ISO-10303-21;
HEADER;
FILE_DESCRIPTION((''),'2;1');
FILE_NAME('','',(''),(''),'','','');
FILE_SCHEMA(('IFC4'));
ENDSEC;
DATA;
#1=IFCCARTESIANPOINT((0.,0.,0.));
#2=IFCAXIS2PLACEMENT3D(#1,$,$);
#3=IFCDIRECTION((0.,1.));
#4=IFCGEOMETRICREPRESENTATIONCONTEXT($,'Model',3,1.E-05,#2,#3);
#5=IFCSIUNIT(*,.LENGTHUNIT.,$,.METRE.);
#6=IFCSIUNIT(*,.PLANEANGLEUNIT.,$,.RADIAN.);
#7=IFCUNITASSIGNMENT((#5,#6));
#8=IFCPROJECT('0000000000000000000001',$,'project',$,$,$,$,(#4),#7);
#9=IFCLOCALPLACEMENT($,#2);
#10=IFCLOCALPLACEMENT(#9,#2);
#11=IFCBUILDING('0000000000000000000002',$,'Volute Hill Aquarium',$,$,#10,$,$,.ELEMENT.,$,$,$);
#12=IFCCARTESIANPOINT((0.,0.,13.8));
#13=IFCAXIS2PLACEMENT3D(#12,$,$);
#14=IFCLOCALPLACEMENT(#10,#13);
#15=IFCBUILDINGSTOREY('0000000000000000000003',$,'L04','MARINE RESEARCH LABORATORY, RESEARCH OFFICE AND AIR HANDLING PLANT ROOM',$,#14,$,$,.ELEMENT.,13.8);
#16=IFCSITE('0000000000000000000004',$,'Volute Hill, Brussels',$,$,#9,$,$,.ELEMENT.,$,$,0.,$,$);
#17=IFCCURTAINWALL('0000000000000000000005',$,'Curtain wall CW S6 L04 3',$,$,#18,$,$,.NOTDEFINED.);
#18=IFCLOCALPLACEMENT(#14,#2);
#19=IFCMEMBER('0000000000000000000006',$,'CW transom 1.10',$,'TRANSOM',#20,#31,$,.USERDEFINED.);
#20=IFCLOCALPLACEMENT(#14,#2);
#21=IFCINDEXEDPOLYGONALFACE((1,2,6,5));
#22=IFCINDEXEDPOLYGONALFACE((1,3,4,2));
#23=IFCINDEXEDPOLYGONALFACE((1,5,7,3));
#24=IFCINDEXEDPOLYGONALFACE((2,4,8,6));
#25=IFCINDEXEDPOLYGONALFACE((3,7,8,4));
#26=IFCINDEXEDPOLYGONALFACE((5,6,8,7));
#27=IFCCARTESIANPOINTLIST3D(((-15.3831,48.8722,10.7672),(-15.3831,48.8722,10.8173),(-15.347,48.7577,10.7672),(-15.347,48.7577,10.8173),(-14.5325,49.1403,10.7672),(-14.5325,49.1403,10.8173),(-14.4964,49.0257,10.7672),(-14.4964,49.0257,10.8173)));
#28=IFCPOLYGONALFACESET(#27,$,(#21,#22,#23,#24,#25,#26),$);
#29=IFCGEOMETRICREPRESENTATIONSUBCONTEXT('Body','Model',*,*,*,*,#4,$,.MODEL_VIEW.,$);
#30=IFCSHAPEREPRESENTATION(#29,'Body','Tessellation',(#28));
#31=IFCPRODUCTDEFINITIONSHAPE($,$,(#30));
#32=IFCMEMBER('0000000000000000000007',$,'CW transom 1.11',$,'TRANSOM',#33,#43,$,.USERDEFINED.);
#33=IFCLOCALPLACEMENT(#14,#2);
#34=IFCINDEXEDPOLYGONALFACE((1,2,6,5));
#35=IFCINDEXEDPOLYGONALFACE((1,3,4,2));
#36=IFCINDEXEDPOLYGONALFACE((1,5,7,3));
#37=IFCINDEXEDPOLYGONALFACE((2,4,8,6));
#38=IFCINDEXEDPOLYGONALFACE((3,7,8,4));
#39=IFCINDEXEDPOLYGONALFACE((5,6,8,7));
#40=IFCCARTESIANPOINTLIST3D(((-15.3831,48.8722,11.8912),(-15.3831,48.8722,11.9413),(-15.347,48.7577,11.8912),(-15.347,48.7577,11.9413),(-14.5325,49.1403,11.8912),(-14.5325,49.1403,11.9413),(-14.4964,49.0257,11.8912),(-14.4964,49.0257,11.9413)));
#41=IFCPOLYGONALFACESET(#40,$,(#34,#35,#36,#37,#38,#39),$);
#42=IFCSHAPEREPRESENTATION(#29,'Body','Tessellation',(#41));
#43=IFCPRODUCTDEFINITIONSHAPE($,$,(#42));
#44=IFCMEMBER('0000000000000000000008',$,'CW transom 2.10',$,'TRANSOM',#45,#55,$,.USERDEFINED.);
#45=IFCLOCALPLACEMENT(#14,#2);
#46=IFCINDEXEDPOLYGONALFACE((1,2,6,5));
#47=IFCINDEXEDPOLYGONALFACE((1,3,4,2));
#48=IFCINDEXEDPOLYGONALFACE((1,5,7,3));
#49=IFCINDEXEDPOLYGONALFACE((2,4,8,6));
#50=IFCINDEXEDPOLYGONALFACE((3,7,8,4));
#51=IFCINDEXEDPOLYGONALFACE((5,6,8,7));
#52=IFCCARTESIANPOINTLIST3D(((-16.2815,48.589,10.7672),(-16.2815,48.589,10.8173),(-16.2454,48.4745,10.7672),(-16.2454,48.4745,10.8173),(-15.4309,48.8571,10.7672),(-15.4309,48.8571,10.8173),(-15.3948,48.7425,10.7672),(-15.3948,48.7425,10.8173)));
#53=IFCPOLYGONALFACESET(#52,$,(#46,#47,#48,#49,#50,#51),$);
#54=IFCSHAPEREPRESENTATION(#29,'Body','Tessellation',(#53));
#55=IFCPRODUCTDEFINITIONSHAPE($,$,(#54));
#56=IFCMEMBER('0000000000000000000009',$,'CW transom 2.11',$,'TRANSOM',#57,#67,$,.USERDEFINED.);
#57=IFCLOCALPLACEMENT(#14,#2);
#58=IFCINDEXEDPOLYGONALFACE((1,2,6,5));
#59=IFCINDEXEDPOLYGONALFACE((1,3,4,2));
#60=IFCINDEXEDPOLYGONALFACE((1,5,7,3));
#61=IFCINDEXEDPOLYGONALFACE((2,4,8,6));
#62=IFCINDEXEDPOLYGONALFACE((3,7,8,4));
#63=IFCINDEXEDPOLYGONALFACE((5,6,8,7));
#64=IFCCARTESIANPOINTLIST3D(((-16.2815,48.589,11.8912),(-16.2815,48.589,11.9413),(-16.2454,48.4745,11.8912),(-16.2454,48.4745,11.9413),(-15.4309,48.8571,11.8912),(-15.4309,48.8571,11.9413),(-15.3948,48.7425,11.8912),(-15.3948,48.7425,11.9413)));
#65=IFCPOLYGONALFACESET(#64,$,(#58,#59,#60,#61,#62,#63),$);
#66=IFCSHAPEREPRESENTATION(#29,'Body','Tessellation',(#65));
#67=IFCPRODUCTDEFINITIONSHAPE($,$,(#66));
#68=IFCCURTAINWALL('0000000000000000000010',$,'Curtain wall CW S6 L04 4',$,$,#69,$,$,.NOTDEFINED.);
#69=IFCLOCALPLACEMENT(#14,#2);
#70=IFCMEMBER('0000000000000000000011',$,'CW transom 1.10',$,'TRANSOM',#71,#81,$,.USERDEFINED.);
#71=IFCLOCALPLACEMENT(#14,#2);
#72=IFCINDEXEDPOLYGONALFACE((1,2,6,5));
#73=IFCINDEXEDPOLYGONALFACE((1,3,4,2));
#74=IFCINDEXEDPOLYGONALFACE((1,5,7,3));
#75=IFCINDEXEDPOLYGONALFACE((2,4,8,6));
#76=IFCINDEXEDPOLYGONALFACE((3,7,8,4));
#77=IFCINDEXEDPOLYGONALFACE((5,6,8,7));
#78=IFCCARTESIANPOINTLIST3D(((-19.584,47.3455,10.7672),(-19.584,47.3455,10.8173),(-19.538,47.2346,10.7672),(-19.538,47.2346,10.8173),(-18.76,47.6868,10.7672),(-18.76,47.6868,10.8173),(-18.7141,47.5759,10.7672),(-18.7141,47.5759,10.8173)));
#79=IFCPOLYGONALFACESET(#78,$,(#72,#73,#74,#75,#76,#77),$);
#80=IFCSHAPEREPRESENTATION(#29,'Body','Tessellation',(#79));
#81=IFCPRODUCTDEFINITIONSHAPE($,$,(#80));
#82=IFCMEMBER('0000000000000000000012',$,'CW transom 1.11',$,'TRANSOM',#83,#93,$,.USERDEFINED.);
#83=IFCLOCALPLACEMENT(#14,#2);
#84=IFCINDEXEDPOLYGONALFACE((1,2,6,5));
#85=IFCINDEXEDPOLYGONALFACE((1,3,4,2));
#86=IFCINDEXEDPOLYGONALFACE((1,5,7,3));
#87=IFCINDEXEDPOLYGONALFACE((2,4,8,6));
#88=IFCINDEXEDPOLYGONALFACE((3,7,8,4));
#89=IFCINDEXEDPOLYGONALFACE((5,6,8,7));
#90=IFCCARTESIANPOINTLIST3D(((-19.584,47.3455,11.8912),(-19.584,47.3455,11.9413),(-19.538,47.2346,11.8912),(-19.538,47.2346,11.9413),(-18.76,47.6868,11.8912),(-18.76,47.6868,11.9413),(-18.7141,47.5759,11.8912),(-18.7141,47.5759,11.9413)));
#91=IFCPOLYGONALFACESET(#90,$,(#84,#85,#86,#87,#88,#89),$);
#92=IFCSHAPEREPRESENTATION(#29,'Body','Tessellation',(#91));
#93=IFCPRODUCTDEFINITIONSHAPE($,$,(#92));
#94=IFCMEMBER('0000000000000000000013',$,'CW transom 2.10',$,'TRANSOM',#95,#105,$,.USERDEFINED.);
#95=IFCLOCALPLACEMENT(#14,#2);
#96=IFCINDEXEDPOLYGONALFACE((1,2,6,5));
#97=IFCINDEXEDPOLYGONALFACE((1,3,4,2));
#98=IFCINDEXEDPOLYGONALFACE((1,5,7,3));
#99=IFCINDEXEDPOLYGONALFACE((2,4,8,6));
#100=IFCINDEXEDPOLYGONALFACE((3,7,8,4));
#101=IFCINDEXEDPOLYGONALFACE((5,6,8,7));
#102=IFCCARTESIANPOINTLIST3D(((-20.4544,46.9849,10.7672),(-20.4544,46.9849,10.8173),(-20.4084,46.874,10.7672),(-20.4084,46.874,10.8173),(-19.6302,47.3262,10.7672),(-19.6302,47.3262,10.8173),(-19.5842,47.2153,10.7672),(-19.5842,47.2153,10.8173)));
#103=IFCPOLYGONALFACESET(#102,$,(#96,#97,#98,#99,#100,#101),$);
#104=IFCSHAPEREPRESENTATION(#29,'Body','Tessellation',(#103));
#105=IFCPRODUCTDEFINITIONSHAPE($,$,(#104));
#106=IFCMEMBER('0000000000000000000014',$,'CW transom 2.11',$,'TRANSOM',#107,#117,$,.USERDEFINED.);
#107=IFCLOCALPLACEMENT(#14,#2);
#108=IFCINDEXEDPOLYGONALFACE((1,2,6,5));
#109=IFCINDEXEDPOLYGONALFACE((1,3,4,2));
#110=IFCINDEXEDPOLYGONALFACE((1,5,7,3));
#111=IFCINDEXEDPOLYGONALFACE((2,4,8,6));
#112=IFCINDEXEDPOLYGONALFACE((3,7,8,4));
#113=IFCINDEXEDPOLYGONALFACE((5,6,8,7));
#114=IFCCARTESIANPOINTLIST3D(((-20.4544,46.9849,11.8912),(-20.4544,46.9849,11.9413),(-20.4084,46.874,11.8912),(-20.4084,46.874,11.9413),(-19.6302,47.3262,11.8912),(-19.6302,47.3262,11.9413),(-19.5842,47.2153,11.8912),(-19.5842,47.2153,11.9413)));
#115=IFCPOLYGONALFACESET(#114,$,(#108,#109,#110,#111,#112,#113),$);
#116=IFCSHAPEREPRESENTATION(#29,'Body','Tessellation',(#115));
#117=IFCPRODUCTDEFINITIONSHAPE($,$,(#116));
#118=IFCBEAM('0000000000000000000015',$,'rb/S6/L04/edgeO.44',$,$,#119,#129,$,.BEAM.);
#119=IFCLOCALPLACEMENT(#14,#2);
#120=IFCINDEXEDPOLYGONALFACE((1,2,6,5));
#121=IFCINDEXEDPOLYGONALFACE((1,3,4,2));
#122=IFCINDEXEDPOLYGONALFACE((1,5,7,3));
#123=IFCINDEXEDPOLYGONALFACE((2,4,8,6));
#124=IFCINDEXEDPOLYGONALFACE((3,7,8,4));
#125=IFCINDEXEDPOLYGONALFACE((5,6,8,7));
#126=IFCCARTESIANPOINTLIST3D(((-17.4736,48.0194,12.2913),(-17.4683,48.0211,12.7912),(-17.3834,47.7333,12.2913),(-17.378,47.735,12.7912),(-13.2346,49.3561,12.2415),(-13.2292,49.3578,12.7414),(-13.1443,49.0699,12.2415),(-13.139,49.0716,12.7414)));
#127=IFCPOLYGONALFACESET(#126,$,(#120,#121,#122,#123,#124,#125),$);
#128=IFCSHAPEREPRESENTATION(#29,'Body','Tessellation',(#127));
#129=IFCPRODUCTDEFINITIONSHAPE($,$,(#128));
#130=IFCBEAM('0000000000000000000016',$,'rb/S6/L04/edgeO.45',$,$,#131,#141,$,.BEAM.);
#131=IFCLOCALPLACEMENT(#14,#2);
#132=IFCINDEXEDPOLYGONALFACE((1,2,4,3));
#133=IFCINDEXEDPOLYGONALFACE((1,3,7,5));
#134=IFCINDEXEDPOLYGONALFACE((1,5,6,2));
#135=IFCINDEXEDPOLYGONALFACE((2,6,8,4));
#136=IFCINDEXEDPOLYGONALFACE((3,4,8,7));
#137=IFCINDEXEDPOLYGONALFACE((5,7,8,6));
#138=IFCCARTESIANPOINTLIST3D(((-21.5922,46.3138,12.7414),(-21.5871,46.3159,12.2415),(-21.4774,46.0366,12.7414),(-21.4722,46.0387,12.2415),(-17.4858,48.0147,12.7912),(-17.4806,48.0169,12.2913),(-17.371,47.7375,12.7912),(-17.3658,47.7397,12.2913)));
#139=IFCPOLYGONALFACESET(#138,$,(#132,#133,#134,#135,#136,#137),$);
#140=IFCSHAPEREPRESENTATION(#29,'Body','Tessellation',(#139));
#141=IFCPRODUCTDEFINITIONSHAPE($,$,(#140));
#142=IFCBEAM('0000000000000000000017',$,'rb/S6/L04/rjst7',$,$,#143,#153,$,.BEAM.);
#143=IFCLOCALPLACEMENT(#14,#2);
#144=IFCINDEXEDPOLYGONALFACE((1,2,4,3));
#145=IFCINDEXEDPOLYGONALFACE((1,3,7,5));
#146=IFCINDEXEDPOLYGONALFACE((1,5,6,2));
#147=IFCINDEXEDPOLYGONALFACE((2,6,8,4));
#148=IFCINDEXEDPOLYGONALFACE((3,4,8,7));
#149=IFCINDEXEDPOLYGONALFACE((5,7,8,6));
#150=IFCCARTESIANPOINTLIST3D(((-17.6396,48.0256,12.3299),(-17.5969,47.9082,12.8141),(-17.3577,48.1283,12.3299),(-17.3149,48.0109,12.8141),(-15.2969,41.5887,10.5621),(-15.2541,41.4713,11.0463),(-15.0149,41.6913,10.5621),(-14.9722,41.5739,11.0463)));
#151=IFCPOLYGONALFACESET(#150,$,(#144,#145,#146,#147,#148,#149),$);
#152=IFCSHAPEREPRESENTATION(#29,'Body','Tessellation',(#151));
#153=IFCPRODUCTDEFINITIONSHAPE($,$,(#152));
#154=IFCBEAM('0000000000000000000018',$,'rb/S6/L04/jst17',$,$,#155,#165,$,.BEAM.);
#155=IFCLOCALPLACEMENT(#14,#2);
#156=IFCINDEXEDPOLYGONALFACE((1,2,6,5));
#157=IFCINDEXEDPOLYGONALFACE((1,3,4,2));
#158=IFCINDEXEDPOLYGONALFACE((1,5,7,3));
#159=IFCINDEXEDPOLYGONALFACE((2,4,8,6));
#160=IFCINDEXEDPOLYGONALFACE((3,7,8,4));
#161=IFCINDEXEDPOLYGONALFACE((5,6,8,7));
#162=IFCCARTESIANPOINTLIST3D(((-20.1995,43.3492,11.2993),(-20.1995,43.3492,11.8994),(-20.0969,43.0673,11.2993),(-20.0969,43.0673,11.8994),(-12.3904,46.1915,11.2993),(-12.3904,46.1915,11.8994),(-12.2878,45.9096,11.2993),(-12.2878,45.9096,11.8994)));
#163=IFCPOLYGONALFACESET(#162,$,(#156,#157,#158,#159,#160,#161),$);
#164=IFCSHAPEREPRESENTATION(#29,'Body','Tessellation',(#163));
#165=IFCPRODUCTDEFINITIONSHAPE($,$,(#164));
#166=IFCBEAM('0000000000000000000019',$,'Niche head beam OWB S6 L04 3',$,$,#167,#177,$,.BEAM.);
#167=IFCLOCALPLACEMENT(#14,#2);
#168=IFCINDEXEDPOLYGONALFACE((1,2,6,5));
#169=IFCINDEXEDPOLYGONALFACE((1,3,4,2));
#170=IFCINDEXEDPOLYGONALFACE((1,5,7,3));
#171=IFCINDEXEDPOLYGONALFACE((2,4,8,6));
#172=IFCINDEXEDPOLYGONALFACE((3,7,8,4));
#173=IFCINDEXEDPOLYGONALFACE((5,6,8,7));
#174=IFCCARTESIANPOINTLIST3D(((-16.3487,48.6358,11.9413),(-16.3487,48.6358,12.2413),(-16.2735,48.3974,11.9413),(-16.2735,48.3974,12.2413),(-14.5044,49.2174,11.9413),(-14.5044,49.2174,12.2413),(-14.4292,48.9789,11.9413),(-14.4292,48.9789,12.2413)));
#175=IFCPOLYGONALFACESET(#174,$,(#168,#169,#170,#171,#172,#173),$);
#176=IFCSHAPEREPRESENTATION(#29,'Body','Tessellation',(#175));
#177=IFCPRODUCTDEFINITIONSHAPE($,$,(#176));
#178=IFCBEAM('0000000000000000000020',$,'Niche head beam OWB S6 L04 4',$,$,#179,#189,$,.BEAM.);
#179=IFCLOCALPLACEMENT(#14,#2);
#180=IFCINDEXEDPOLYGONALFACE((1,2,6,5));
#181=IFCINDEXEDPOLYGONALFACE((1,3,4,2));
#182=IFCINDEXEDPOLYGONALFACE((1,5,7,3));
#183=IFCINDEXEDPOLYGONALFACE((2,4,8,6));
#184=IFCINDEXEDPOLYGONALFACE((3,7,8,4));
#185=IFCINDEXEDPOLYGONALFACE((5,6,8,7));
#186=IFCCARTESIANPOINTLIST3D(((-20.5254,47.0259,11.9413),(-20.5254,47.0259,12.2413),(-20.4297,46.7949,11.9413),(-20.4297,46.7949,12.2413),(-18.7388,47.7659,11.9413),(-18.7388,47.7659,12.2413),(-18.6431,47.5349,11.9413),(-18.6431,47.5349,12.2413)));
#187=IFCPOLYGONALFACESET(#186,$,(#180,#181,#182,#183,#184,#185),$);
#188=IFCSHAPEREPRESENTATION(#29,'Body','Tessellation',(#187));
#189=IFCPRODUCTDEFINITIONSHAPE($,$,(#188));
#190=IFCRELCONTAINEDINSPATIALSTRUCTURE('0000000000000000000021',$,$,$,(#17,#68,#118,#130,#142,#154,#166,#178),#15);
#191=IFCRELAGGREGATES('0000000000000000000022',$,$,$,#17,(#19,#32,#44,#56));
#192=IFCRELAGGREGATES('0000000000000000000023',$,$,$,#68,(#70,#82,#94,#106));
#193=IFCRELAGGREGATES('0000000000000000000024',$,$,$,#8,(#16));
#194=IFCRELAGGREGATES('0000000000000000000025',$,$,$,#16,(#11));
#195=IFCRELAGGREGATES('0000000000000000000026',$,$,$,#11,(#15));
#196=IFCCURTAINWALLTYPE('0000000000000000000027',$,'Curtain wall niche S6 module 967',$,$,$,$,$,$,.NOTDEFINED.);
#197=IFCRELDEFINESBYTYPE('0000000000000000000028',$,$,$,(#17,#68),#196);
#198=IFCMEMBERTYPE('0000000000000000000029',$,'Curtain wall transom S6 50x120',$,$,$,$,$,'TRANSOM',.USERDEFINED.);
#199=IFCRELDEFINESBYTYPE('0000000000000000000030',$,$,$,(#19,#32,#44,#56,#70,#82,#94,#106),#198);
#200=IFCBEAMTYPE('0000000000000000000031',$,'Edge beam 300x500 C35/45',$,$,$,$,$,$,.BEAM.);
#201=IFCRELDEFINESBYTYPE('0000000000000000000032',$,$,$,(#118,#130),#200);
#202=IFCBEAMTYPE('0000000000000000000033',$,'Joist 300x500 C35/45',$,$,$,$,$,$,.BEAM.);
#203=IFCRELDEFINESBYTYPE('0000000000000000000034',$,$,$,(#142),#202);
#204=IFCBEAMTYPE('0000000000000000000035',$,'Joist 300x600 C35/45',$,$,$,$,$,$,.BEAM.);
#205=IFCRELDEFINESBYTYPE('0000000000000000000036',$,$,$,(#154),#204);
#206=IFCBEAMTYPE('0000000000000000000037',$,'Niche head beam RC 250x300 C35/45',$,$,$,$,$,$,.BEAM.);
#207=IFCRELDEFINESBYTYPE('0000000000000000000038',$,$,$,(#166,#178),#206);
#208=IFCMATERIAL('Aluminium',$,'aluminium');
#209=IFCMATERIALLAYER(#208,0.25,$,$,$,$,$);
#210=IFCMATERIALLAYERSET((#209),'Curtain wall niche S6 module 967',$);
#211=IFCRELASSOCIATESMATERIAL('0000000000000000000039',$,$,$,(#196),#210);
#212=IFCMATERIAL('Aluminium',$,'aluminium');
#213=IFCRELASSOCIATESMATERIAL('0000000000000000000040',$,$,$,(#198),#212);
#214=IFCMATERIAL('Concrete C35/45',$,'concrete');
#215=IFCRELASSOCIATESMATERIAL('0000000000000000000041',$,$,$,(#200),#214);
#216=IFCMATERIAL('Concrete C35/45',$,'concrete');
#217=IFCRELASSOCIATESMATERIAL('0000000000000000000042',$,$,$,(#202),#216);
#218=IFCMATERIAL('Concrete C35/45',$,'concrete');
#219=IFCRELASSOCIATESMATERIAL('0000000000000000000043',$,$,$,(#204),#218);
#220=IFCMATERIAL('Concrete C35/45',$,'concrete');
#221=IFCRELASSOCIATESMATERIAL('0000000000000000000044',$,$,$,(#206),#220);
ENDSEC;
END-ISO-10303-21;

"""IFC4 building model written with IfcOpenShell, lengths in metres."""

from ifc_helpers import new_model, si_unit, direction, frame, origin, origin_2d, place, context, subcontext, project, spatial, rectangle, extrude, material, layer, layer_set, material_profile, profile_set, type_object, element, aggregate, save


model = new_model("IFC4")

# Units and contexts
model_context = context("Model", 3, precision=1e-05, world=origin(), true_north=direction((0.0, 1.0)))
body_context = subcontext(model_context, "Body", "Model", "MODEL_VIEW")
ifc_project = project(units=[si_unit("LENGTHUNIT", "METRE"), si_unit("PLANEANGLEUNIT", "RADIAN")], contexts=[model_context])

# Site, building, storey
site_placement = place(None, origin())
site = spatial("IfcSite", under=ifc_project, at=site_placement, Name="Volute Hill, Brussels", CompositionType="ELEMENT", RefElevation=0.0)
building_placement = place(site_placement, origin())
building = spatial("IfcBuilding", under=site, at=building_placement, Name="Volute Hill Aquarium", CompositionType="ELEMENT")
storey_placement = place(building_placement, frame((0.0, 0.0, 13.8)))
storey = spatial("IfcBuildingStorey", under=building, at=storey_placement, Name="L04", Description="MARINE RESEARCH LABORATORY, RESEARCH OFFICE AND AIR HANDLING PLANT ROOM", CompositionType="ELEMENT", Elevation=13.8)

# Curtain walls, members
ifc_material_1 = material(Name="Aluminium", Category="aluminium")
ifc_layer_1 = layer(ifc_material_1, 0.25)
ifc_layer_set_1 = layer_set([ifc_layer_1], Name="Curtain wall niche S6 module 967")
curtain_wall_type = type_object("IfcCurtainWallType", Name="Curtain wall niche S6 module 967", PredefinedType="NOTDEFINED", material=ifc_layer_set_1)
curtain_wall_1_placement = place(storey_placement, origin())
curtain_wall_1 = element("IfcCurtainWall", 1, at=curtain_wall_1_placement, inside=storey, type_object=curtain_wall_type, Name="Curtain wall CW S6 L04 3", PredefinedType="NOTDEFINED")
ifc_material_2 = material(Name="Aluminium", Category="aluminium")
ifc_material_profile_1 = material_profile(ifc_material_2, rectangle(XDim=0.1201, YDim=0.05, at=origin_2d()), Name="Curtain wall transom S6 50x120")
ifc_profile_set_1 = profile_set([ifc_material_profile_1], Name="Aluminium")
member_type = type_object("IfcMemberType", Name="Curtain wall transom S6 50x120", ElementType="TRANSOM", PredefinedType="USERDEFINED", material=ifc_profile_set_1)
member_1_placement = place(storey_placement, frame((-14.5144, 49.083, 10.7922), z_axis=(-0.953756, -0.300581, 0.0), x_axis=(0.300581, -0.953756, 0.0)))
member_1 = element("IfcMember", 2, at=member_1_placement, type_object=member_type, Name="CW transom 1.10", ObjectType="TRANSOM", PredefinedType="USERDEFINED", context=body_context, shape_type="SweptSolid", body=[
    extrude(rectangle(XDim=0.1201, YDim=0.05, at=origin_2d()), origin(), (0.0, 0.0, 1.0), 0.8918),
])
member_2_placement = place(storey_placement, frame((-14.5144, 49.083, 11.9163), z_axis=(-0.953756, -0.300581, 0.0), x_axis=(0.300581, -0.953756, 0.0)))
member_2 = element("IfcMember", 3, at=member_2_placement, type_object=member_type, Name="CW transom 1.11", ObjectType="TRANSOM", PredefinedType="USERDEFINED", context=body_context, shape_type="SweptSolid", body=[
    extrude(rectangle(XDim=0.1201, YDim=0.05, at=origin_2d()), origin(), (0.0, 0.0, 1.0), 0.8918),
])
member_3_placement = place(storey_placement, frame((-15.4128, 48.7998, 10.7922), z_axis=(-0.953756, -0.300581, 0.0), x_axis=(0.300581, -0.953756, 0.0)))
member_3 = element("IfcMember", 4, at=member_3_placement, type_object=member_type, Name="CW transom 2.10", ObjectType="TRANSOM", PredefinedType="USERDEFINED", context=body_context, shape_type="SweptSolid", body=[
    extrude(rectangle(XDim=0.1201, YDim=0.05, at=origin_2d()), origin(), (0.0, 0.0, 1.0), 0.8918),
])
member_4_placement = place(storey_placement, frame((-15.4128, 48.7998, 11.9163), z_axis=(-0.953756, -0.300581, 0.0), x_axis=(0.300581, -0.953756, 0.0)))
member_4 = element("IfcMember", 5, at=member_4_placement, type_object=member_type, Name="CW transom 2.11", ObjectType="TRANSOM", PredefinedType="USERDEFINED", context=body_context, shape_type="SweptSolid", body=[
    extrude(rectangle(XDim=0.1201, YDim=0.05, at=origin_2d()), origin(), (0.0, 0.0, 1.0), 0.8918),
])
curtain_wall_2_placement = place(storey_placement, origin())
curtain_wall_2 = element("IfcCurtainWall", 6, at=curtain_wall_2_placement, inside=storey, type_object=curtain_wall_type, Name="Curtain wall CW S6 L04 4", PredefinedType="NOTDEFINED")
member_5_placement = place(storey_placement, frame((-18.7371, 47.6313, 10.7922), z_axis=(-0.923877, -0.38269, 0.0), x_axis=(0.38269, -0.923877, 0.0)))
member_5 = element("IfcMember", 7, at=member_5_placement, type_object=member_type, Name="CW transom 1.10", ObjectType="TRANSOM", PredefinedType="USERDEFINED", context=body_context, shape_type="SweptSolid", body=[
    extrude(rectangle(XDim=0.1201, YDim=0.05, at=origin_2d()), origin(), (0.0, 0.0, 1.0), 0.8918),
])
member_6_placement = place(storey_placement, frame((-18.7371, 47.6313, 11.9163), z_axis=(-0.923877, -0.38269, 0.0), x_axis=(0.38269, -0.923877, 0.0)))
member_6 = element("IfcMember", 8, at=member_6_placement, type_object=member_type, Name="CW transom 1.11", ObjectType="TRANSOM", PredefinedType="USERDEFINED", context=body_context, shape_type="SweptSolid", body=[
    extrude(rectangle(XDim=0.1201, YDim=0.05, at=origin_2d()), origin(), (0.0, 0.0, 1.0), 0.8918),
])
member_7_placement = place(storey_placement, frame((-19.6072, 47.2708, 10.7922), z_axis=(-0.923917, -0.382594, 0.0), x_axis=(0.382594, -0.923917, 0.0)))
member_7 = element("IfcMember", 9, at=member_7_placement, type_object=member_type, Name="CW transom 2.10", ObjectType="TRANSOM", PredefinedType="USERDEFINED", context=body_context, shape_type="SweptSolid", body=[
    extrude(rectangle(XDim=0.1201, YDim=0.05, at=origin_2d()), origin(), (0.0, 0.0, 1.0), 0.8921),
])
member_8_placement = place(storey_placement, frame((-19.6072, 47.2708, 11.9163), z_axis=(-0.923917, -0.382594, 0.0), x_axis=(0.382594, -0.923917, 0.0)))
member_8 = element("IfcMember", 10, at=member_8_placement, type_object=member_type, Name="CW transom 2.11", ObjectType="TRANSOM", PredefinedType="USERDEFINED", context=body_context, shape_type="SweptSolid", body=[
    extrude(rectangle(XDim=0.1201, YDim=0.05, at=origin_2d()), origin(), (0.0, 0.0, 1.0), 0.8921),
])

# Beams
ifc_material_3 = material(Name="Concrete C35/45", Category="concrete")
ifc_material_profile_2 = material_profile(ifc_material_3, rectangle(XDim=0.3, YDim=0.5, at=origin_2d()), Name="RC edge beam 300x500")
ifc_profile_set_2 = profile_set([ifc_material_profile_2], Name="Concrete C35/45")
beam_type_1 = type_object("IfcBeamType", Name="Edge beam 300x500 C35/45", PredefinedType="BEAM", material=ifc_profile_set_2)
for number, where, z_axis, x_axis, name in (
    (11, (-13.1868, 49.2139, 12.4915), (-0.95365, -0.30071, 0.011205), (0.300729, -0.95371, 0.0), "rb/S6/L04/edgeO.44"),
    (12, (-17.4258, 47.8772, 12.5413), (-0.923823, -0.382656, -0.011205), (0.38268, -0.923881, 0.0), "rb/S6/L04/edgeO.45"),
):
    element("IfcBeam", number, at=place(storey_placement, frame(where, z_axis=z_axis, x_axis=x_axis)), inside=storey, type_object=beam_type_1, Name=name, PredefinedType="BEAM", context=body_context, shape_type="SweptSolid", body=[
        extrude(rectangle(XDim=0.3, YDim=0.5, at=origin_2d()), origin(), (0.0, 0.0, 1.0), 4.4451),
    ])
ifc_material_4 = material(Name="Concrete C35/45", Category="concrete")
ifc_material_profile_3 = material_profile(ifc_material_4, rectangle(XDim=0.3, YDim=0.5, at=origin_2d()), Name="RC joist 300x500")
ifc_profile_set_3 = profile_set([ifc_material_profile_3], Name="Concrete C35/45")
beam_type_2 = type_object("IfcBeamType", Name="Joist 300x500 C35/45", PredefinedType="BEAM", material=ifc_profile_set_3)
beam_1_placement = place(storey_placement, frame((-15.1345, 41.5813, 10.8042), z_axis=(-0.331156, 0.909886, 0.249886), x_axis=(-0.939698, -0.342006, 0.0)))
element("IfcBeam", 13, at=beam_1_placement, inside=storey, type_object=beam_type_2, Name="rb/S6/L04/rjst7", PredefinedType="BEAM", context=body_context, shape_type="SweptSolid", body=[
    extrude(rectangle(XDim=0.3, YDim=0.5, at=origin_2d()), origin(), (0.0, 0.0, 1.0), 7.0745),
])
ifc_material_5 = material(Name="Concrete C35/45", Category="concrete")
ifc_material_profile_4 = material_profile(ifc_material_5, rectangle(XDim=0.3, YDim=0.6001, at=origin_2d()), Name="RC joist 300x600")
ifc_profile_set_4 = profile_set([ifc_material_profile_4], Name="Concrete C35/45")
beam_type_3 = type_object("IfcBeamType", Name="Joist 300x600 C35/45", PredefinedType="BEAM", material=ifc_profile_set_4)
beam_2_placement = place(storey_placement, frame((-12.3391, 46.0505, 11.5994), z_axis=(-0.939692, -0.342021, 0.0), x_axis=(0.342021, -0.939692, 0.0)))
element("IfcBeam", 14, at=beam_2_placement, inside=storey, type_object=beam_type_3, Name="rb/S6/L04/jst17", PredefinedType="BEAM", context=body_context, shape_type="SweptSolid", body=[
    extrude(rectangle(XDim=0.3, YDim=0.6001, at=origin_2d()), origin(), (0.0, 0.0, 1.0), 8.3103),
])
ifc_material_6 = material(Name="Concrete C35/45", Category="concrete")
ifc_material_profile_5 = material_profile(ifc_material_6, rectangle(XDim=0.25, YDim=0.3, at=origin_2d()), Name="RC beam 250x300")
ifc_profile_set_5 = profile_set([ifc_material_profile_5], Name="Concrete C35/45")
beam_type_4 = type_object("IfcBeamType", Name="Niche head beam RC 250x300 C35/45", PredefinedType="BEAM", material=ifc_profile_set_5)
for number, where, z_axis, x_axis, name in (
    (15, (-14.4668, 49.0981, 12.0913), (-0.953709, -0.300733, 0.0), (0.300733, -0.953709, 0.0), "Niche head beam OWB S6 L04 3"),
    (16, (-18.6909, 47.6504, 12.0913), (-0.923889, -0.38266, 0.0), (0.38266, -0.923889, 0.0), "Niche head beam OWB S6 L04 4"),
):
    element("IfcBeam", number, at=place(storey_placement, frame(where, z_axis=z_axis, x_axis=x_axis)), inside=storey, type_object=beam_type_4, Name=name, PredefinedType="BEAM", context=body_context, shape_type="SweptSolid", body=[
        extrude(rectangle(XDim=0.25, YDim=0.3, at=origin_2d()), origin(), (0.0, 0.0, 1.0), 1.9338),
    ])

aggregate(curtain_wall_1, [member_1, member_2, member_3, member_4])
aggregate(curtain_wall_2, [member_5, member_6, member_7, member_8])

save(model, "model.ifc")
